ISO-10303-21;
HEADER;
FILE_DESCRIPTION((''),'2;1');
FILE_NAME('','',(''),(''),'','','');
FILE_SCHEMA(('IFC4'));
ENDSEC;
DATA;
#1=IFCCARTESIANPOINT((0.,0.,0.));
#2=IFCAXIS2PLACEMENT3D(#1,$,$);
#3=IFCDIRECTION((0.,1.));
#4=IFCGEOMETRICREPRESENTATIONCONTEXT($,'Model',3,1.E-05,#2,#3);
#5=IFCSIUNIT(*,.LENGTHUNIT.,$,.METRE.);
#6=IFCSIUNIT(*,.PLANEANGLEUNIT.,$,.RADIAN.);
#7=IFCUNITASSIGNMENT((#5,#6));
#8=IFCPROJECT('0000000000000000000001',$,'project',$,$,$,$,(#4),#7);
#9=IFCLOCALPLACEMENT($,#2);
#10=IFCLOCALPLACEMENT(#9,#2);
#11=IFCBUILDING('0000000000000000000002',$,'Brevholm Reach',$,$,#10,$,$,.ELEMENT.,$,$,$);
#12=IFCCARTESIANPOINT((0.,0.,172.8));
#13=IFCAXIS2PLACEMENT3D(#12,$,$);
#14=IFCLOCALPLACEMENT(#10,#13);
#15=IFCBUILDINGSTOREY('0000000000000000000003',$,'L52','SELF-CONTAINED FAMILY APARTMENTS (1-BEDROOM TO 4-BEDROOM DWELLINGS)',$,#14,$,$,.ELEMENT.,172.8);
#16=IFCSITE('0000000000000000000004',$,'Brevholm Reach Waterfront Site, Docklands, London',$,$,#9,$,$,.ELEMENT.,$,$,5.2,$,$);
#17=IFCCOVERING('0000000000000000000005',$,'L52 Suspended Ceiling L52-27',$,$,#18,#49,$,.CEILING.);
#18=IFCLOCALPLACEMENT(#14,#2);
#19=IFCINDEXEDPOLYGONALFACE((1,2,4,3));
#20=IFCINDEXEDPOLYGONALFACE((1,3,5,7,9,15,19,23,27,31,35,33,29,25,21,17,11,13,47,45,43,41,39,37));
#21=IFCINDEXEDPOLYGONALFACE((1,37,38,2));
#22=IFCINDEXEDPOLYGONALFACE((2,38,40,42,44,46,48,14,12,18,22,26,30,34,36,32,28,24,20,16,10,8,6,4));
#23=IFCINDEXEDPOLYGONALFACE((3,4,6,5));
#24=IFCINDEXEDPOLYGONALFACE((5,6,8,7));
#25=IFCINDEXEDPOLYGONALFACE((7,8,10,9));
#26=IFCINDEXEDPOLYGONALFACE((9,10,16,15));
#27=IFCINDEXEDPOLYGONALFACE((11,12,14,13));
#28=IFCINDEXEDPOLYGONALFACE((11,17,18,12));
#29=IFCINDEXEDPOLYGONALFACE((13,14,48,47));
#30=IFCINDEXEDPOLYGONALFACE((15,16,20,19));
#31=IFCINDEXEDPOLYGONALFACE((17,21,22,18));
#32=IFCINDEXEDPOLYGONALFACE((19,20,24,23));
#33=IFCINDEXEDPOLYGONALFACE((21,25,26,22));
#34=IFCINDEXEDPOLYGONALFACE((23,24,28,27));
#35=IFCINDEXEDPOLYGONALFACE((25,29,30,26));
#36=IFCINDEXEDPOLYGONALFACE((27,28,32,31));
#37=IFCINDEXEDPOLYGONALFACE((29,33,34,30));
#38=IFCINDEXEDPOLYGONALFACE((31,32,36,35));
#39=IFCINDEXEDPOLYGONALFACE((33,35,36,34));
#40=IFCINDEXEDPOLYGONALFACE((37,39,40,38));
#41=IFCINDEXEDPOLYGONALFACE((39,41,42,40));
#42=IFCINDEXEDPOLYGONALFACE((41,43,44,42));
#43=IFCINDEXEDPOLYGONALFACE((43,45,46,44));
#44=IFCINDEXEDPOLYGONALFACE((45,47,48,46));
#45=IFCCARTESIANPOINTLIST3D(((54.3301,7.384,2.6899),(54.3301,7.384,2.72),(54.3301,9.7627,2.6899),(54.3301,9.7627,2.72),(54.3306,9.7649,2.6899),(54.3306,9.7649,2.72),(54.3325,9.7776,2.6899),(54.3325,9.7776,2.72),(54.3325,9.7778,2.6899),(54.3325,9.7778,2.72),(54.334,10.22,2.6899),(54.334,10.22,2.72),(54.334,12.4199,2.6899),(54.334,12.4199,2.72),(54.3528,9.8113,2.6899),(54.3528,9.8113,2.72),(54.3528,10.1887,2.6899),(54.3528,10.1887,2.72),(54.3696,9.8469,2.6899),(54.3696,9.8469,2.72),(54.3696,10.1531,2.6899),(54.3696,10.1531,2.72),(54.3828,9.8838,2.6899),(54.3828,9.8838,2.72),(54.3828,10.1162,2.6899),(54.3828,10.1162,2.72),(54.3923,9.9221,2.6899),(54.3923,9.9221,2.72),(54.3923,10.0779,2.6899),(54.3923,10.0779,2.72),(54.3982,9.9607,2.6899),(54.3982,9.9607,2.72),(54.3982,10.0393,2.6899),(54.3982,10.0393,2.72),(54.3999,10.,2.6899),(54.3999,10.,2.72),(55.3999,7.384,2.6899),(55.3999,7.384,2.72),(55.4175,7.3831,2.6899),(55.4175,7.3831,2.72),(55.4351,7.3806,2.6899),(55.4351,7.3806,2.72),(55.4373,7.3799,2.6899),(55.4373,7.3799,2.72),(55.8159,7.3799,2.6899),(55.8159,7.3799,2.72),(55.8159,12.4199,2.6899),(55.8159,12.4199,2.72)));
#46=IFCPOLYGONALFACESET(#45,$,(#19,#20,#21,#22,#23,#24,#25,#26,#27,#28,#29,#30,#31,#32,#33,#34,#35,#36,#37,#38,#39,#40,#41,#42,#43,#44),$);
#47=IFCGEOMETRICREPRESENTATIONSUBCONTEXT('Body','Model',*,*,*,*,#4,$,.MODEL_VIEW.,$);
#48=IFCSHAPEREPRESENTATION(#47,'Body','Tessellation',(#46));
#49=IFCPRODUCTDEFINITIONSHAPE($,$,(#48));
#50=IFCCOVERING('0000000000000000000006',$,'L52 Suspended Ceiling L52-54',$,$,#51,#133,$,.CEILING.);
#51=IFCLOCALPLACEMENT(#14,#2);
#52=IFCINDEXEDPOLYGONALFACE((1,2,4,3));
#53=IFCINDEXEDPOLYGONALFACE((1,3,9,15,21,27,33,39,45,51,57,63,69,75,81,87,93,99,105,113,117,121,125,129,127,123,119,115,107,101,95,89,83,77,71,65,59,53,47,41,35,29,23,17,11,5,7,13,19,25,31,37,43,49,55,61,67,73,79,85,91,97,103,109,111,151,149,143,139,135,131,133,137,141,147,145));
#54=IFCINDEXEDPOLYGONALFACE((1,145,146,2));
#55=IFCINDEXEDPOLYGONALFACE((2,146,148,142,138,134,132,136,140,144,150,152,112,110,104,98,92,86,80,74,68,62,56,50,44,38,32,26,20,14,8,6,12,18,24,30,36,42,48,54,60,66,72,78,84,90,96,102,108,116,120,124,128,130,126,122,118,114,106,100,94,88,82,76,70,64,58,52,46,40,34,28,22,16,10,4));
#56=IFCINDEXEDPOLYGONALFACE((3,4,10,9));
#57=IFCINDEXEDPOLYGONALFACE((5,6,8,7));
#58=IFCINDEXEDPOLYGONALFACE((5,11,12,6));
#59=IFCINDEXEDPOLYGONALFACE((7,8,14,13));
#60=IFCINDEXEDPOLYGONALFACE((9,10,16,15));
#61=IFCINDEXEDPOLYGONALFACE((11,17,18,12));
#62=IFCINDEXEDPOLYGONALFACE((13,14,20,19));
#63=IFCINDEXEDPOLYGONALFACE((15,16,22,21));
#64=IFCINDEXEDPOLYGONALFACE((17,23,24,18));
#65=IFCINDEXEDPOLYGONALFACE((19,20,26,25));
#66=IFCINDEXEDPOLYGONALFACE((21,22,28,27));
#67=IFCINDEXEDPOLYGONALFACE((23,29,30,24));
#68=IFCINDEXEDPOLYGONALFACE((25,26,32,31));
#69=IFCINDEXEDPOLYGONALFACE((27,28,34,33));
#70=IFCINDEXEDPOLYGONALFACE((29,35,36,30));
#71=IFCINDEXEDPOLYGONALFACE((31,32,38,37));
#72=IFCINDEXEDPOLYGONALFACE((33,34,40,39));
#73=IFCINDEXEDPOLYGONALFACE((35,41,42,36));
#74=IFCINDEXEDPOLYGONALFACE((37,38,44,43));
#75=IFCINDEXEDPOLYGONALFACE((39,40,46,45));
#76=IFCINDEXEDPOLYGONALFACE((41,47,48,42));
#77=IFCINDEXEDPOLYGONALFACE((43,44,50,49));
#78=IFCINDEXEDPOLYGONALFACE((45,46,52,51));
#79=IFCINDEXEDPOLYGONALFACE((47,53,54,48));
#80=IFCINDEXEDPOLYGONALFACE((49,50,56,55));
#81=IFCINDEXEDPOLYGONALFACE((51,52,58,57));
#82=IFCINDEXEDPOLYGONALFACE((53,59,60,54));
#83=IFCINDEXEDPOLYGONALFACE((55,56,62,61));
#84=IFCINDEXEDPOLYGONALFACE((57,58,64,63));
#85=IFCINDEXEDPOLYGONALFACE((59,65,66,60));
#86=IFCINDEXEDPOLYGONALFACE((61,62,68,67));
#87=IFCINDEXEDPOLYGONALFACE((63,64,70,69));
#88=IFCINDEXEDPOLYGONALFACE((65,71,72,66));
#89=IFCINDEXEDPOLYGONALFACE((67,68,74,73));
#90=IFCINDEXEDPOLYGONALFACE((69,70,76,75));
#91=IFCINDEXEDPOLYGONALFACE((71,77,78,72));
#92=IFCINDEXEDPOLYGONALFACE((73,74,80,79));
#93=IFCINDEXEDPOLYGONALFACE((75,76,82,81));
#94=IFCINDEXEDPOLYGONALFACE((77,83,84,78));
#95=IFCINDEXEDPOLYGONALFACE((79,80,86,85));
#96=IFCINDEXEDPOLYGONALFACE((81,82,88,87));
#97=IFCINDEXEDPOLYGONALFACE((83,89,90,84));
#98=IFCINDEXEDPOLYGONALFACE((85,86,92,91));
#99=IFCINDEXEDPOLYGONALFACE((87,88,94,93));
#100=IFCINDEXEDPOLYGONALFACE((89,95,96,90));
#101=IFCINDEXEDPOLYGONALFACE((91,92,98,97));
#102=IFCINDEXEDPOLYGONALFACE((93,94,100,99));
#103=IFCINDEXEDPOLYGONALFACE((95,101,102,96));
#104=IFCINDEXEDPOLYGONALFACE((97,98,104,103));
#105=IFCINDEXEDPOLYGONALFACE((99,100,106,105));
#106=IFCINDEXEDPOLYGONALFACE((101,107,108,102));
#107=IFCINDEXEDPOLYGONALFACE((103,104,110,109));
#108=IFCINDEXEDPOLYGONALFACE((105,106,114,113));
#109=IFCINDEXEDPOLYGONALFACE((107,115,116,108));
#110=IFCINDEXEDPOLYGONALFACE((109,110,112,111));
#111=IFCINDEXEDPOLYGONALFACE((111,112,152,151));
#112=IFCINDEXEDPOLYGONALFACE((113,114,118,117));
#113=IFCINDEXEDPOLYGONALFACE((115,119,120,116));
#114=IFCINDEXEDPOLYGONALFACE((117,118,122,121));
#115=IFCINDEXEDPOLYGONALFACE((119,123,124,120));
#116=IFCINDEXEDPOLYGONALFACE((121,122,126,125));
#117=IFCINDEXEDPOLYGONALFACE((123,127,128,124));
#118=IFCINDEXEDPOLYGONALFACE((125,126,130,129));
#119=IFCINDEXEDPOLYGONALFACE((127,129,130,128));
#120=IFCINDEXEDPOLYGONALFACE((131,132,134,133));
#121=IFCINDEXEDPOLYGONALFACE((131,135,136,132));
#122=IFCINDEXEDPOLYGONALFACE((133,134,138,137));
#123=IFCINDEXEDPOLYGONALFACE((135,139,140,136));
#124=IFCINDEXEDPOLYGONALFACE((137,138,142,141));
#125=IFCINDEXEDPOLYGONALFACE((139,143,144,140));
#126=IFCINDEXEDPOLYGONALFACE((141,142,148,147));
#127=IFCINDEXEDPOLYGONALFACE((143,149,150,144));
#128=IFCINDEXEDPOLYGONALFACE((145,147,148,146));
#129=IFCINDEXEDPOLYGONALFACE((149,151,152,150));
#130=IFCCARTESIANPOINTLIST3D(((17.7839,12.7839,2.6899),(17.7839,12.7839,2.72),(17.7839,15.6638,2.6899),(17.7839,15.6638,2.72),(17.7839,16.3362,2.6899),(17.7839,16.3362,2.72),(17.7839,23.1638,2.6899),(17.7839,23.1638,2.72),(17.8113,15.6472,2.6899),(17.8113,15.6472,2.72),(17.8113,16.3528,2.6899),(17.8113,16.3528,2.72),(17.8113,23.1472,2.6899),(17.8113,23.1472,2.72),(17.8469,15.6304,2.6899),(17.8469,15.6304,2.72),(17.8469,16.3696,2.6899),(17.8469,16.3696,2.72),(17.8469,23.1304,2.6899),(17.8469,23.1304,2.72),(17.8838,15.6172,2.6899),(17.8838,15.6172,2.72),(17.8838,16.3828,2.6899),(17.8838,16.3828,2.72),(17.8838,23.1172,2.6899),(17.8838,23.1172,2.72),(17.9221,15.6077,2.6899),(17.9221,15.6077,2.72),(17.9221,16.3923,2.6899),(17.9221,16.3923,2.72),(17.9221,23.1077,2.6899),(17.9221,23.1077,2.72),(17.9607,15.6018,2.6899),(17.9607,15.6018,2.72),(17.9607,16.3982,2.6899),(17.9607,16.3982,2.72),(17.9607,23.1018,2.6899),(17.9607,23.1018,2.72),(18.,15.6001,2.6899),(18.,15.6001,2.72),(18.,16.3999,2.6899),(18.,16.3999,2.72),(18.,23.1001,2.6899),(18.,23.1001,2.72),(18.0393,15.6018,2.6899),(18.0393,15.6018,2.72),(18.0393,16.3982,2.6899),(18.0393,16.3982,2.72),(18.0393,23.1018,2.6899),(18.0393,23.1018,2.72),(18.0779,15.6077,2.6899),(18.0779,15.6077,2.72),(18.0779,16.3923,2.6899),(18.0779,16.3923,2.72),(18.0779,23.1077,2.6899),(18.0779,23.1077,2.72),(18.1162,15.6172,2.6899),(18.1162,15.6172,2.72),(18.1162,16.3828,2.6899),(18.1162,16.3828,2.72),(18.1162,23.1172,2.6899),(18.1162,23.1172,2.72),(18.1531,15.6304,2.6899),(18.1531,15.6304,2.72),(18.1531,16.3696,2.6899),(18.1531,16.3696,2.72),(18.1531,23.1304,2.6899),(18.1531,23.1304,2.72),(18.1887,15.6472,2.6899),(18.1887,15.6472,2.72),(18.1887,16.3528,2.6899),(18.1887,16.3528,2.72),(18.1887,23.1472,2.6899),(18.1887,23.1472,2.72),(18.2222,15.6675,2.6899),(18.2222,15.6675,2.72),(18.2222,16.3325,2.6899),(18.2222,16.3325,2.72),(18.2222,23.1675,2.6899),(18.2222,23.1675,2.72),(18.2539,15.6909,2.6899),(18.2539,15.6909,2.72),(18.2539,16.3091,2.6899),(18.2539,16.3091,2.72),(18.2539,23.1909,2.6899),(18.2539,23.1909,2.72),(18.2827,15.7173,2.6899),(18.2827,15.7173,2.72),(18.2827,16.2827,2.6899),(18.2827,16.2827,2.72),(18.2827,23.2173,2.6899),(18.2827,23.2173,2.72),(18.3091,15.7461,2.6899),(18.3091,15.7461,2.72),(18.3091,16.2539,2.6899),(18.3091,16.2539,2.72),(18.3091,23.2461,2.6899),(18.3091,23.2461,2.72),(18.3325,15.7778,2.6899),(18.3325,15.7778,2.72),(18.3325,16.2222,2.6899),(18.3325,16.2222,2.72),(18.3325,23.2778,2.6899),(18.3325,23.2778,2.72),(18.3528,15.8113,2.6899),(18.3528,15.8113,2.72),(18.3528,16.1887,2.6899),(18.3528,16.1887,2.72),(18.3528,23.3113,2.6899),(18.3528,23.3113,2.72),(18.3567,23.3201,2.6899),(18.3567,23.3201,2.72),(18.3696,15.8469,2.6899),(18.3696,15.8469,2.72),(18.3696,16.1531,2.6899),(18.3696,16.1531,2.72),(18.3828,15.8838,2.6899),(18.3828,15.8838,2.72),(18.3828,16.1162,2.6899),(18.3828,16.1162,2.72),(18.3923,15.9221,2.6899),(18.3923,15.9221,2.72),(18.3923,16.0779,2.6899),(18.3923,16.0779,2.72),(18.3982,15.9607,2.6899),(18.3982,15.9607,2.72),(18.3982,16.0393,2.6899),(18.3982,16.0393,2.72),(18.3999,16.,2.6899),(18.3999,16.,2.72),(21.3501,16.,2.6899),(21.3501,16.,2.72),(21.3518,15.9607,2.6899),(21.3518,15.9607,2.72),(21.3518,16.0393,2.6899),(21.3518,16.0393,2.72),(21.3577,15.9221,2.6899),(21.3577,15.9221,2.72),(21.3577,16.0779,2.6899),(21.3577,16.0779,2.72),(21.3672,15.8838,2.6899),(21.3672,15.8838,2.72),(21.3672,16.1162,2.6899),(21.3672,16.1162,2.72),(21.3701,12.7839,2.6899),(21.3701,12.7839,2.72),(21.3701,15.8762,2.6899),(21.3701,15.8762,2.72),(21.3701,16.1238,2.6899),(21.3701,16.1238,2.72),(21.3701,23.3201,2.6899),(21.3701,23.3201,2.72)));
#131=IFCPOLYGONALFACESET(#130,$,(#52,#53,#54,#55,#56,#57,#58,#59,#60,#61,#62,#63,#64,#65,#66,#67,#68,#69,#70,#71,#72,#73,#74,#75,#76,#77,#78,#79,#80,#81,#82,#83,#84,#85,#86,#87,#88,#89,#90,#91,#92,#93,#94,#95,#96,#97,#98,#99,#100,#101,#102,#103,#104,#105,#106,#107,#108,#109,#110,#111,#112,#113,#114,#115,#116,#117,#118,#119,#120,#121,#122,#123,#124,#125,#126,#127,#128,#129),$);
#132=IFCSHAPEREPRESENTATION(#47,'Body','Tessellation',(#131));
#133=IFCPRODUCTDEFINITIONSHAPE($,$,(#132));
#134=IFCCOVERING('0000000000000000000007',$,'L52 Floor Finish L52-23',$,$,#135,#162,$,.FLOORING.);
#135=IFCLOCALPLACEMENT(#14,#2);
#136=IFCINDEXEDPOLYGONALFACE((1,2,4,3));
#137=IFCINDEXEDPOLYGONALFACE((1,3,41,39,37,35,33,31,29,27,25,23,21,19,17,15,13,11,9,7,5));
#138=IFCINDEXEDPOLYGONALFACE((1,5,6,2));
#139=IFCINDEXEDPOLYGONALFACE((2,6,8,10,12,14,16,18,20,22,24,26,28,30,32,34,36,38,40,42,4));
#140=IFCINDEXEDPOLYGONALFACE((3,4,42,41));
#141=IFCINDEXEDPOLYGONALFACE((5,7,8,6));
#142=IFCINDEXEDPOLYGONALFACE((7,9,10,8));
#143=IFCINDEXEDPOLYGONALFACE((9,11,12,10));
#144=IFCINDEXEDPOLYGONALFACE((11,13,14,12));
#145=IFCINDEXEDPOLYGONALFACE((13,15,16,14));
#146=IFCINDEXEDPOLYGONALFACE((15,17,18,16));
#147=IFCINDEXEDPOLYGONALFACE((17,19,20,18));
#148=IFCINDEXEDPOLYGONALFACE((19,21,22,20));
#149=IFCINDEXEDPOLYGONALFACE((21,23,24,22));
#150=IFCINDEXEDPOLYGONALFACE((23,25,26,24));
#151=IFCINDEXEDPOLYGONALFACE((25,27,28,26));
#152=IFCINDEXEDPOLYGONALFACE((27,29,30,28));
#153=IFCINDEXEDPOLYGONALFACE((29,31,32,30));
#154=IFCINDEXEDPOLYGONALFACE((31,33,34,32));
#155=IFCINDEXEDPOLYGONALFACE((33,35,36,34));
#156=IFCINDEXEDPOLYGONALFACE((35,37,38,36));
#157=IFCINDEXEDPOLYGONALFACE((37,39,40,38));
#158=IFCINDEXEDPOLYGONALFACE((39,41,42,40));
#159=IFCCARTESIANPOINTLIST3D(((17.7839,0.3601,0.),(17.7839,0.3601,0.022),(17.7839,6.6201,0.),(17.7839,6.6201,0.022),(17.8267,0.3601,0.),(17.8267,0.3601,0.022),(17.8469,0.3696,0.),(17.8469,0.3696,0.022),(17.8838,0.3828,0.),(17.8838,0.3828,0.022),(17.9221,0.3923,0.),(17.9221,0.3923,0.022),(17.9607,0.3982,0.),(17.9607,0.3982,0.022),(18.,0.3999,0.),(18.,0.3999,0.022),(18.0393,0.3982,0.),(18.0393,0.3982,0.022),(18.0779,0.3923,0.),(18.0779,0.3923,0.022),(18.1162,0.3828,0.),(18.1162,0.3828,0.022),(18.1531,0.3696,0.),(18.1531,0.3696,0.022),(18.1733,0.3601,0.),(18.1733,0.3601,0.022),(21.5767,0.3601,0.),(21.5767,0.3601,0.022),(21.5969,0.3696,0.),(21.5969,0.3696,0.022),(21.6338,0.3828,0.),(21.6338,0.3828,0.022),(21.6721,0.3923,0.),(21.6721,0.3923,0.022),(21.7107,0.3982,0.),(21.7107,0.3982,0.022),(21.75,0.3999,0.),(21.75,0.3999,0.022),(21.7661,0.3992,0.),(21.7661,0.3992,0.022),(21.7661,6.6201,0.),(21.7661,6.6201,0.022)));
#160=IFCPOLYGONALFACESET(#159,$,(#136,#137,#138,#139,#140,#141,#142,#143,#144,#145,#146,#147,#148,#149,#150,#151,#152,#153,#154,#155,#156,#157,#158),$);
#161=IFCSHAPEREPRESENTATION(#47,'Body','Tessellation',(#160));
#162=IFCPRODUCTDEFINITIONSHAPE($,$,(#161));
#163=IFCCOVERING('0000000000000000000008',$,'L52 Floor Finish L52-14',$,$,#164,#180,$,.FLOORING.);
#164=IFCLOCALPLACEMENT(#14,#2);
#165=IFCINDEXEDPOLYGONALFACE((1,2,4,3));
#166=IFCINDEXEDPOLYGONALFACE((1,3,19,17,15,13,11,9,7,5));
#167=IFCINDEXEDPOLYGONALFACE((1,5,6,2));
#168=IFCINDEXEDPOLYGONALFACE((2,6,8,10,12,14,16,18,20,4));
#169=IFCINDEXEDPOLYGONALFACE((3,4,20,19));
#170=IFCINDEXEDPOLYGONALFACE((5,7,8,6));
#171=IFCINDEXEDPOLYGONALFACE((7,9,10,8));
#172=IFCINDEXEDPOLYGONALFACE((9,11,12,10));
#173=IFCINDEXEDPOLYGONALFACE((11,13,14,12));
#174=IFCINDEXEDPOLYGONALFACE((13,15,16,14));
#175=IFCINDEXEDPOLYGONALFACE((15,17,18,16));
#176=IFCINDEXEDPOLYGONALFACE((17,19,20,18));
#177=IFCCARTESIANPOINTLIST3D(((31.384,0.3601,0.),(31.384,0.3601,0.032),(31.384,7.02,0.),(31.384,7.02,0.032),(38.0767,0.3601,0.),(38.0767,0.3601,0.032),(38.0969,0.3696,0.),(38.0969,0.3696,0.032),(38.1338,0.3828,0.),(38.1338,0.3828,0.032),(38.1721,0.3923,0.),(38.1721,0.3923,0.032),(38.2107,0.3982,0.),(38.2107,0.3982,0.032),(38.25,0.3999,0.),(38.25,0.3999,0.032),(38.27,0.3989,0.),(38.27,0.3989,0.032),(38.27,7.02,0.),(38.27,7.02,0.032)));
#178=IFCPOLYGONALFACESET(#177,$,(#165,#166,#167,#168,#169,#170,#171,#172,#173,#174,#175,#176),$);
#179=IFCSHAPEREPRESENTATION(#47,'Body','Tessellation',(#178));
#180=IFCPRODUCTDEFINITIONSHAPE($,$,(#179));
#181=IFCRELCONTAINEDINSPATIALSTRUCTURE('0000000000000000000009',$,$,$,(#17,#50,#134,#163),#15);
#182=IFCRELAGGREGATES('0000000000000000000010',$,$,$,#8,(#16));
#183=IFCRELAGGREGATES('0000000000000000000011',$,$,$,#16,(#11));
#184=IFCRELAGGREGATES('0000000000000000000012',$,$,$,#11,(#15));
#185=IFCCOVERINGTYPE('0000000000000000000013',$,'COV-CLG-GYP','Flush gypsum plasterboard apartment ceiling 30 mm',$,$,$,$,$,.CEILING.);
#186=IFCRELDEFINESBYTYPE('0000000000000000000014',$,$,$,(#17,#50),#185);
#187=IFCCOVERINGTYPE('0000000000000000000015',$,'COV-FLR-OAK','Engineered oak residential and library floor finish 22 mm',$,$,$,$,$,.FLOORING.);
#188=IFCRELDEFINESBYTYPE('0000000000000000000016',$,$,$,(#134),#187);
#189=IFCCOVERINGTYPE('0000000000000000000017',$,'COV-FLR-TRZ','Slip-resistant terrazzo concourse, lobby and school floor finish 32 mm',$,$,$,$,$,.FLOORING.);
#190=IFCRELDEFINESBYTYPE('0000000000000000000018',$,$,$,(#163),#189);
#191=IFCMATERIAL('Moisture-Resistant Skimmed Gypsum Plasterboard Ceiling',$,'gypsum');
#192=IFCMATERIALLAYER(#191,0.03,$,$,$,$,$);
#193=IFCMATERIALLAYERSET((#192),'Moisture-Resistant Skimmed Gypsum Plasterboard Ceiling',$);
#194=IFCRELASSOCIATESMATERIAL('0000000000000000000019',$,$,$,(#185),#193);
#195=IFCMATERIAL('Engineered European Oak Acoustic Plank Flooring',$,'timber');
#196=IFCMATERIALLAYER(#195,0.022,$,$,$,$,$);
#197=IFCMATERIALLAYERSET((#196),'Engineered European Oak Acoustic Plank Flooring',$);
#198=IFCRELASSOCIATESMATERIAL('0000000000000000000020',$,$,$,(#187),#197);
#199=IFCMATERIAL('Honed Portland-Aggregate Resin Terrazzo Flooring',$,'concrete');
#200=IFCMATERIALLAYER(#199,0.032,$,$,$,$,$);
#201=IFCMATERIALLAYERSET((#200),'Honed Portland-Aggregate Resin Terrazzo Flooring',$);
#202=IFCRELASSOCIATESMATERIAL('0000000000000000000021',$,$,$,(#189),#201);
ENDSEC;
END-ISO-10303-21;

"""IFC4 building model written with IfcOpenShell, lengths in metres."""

from ifc_helpers import new_model, si_unit, direction, frame, origin, place, context, subcontext, project, spatial, polyline, outline, extrude, material, layer, layer_set, type_object, element, save


model = new_model("IFC4")

# Units and contexts
model_context = context("Model", 3, precision=1e-05, world=origin(), true_north=direction((0.0, 1.0)))
body_context = subcontext(model_context, "Body", "Model", "MODEL_VIEW")
ifc_project = project(units=[si_unit("LENGTHUNIT", "METRE"), si_unit("PLANEANGLEUNIT", "RADIAN")], contexts=[model_context])

# Site, building, storey
site_placement = place(None, origin())
site = spatial("IfcSite", under=ifc_project, at=site_placement, Name="Brevholm Reach Waterfront Site, Docklands, London", CompositionType="ELEMENT", RefElevation=5.2)
building_placement = place(site_placement, origin())
building = spatial("IfcBuilding", under=site, at=building_placement, Name="Brevholm Reach", CompositionType="ELEMENT")
storey_placement = place(building_placement, frame((0.0, 0.0, 172.8)))
storey = spatial("IfcBuildingStorey", under=building, at=storey_placement, Name="L52", Description="SELF-CONTAINED FAMILY APARTMENTS (1-BEDROOM TO 4-BEDROOM DWELLINGS)", CompositionType="ELEMENT", Elevation=172.8)

# Coverings
ifc_material_1 = material(Name="Moisture-Resistant Skimmed Gypsum Plasterboard Ceiling", Category="gypsum")
ifc_layer_1 = layer(ifc_material_1, 0.03)
ifc_layer_set_1 = layer_set([ifc_layer_1], Name="Moisture-Resistant Skimmed Gypsum Plasterboard Ceiling")
covering_type_1 = type_object("IfcCoveringType", Name="COV-CLG-GYP", Description="Flush gypsum plasterboard apartment ceiling 30 mm", PredefinedType="CEILING", material=ifc_layer_set_1)
covering_1_placement = place(storey_placement, frame((0.0, 0.0, 2.6899)))
element("IfcCovering", 1, at=covering_1_placement, inside=storey, type_object=covering_type_1, Name="L52 Suspended Ceiling L52-27", PredefinedType="CEILING", context=body_context, shape_type="SweptSolid", body=[
    extrude(outline(polyline([(54.3301, 9.7627), (54.3306, 9.7649), (54.3325, 9.7776), (54.3325, 9.7778), (54.3528, 9.8113), (54.3696, 9.8469), (54.3828, 9.8838), (54.3923, 9.9221), (54.3982, 9.9607), (54.3999, 10.0), (54.3982, 10.0393), (54.3923, 10.0779), (54.3828, 10.1162), (54.3696, 10.1531), (54.3528, 10.1887), (54.334, 10.22), (54.334, 12.4199), (55.8159, 12.4199), (55.8159, 7.3799), (55.4373, 7.3799), (55.4351, 7.3806), (55.4175, 7.3831), (55.3999, 7.384), (54.3301, 7.384), (54.3301, 9.7627)])), origin(), (0.0, 0.0, 1.0), 0.03),
])
covering_2_placement = place(storey_placement, frame((0.0, 0.0, 2.6899)))
element("IfcCovering", 2, at=covering_2_placement, inside=storey, type_object=covering_type_1, Name="L52 Suspended Ceiling L52-54", PredefinedType="CEILING", context=body_context, shape_type="SweptSolid", body=[
    extrude(outline(polyline([(21.3701, 23.3201), (21.3701, 16.1238), (21.3672, 16.1162), (21.3577, 16.0779), (21.3518, 16.0393), (21.3501, 16.0), (21.3518, 15.9607), (21.3577, 15.9221), (21.3672, 15.8838), (21.3701, 15.8762), (21.3701, 12.7839), (17.7839, 12.7839), (17.7839, 15.6638), (17.8113, 15.6472), (17.8469, 15.6304), (17.8838, 15.6172), (17.9221, 15.6077), (17.9607, 15.6018), (18.0, 15.6001), (18.0393, 15.6018), (18.0779, 15.6077), (18.1162, 15.6172), (18.1531, 15.6304), (18.1887, 15.6472), (18.2222, 15.6675), (18.2539, 15.6909), (18.2827, 15.7173), (18.3091, 15.7461), (18.3325, 15.7778), (18.3528, 15.8113), (18.3696, 15.8469), (18.3828, 15.8838), (18.3923, 15.9221), (18.3982, 15.9607), (18.3999, 16.0), (18.3982, 16.0393), (18.3923, 16.0779), (18.3828, 16.1162), (18.3696, 16.1531), (18.3528, 16.1887), (18.3325, 16.2222), (18.3091, 16.2539), (18.2827, 16.2827), (18.2539, 16.3091), (18.2222, 16.3325), (18.1887, 16.3528), (18.1531, 16.3696), (18.1162, 16.3828), (18.0779, 16.3923), (18.0393, 16.3982), (18.0, 16.3999), (17.9607, 16.3982), (17.9221, 16.3923), (17.8838, 16.3828), (17.8469, 16.3696), (17.8113, 16.3528), (17.7839, 16.3362), (17.7839, 23.1638), (17.8113, 23.1472), (17.8469, 23.1304), (17.8838, 23.1172), (17.9221, 23.1077), (17.9607, 23.1018), (18.0, 23.1001), (18.0393, 23.1018), (18.0779, 23.1077), (18.1162, 23.1172), (18.1531, 23.1304), (18.1887, 23.1472), (18.2222, 23.1675), (18.2539, 23.1909), (18.2827, 23.2173), (18.3091, 23.2461), (18.3325, 23.2778), (18.3528, 23.3113), (18.3567, 23.3201), (21.3701, 23.3201)])), origin(), (0.0, 0.0, 1.0), 0.03),
])
ifc_material_2 = material(Name="Engineered European Oak Acoustic Plank Flooring", Category="timber")
ifc_layer_2 = layer(ifc_material_2, 0.022)
ifc_layer_set_2 = layer_set([ifc_layer_2], Name="Engineered European Oak Acoustic Plank Flooring")
covering_type_2 = type_object("IfcCoveringType", Name="COV-FLR-OAK", Description="Engineered oak residential and library floor finish 22 mm", PredefinedType="FLOORING", material=ifc_layer_set_2)
covering_3_placement = place(storey_placement, origin())
element("IfcCovering", 3, at=covering_3_placement, inside=storey, type_object=covering_type_2, Name="L52 Floor Finish L52-23", PredefinedType="FLOORING", context=body_context, shape_type="SweptSolid", body=[
    extrude(outline(polyline([(21.7661, 6.6201), (21.7661, 0.3992), (21.75, 0.3999), (21.7107, 0.3982), (21.6721, 0.3923), (21.6338, 0.3828), (21.5969, 0.3696), (21.5767, 0.3601), (18.1733, 0.3601), (18.1531, 0.3696), (18.1162, 0.3828), (18.0779, 0.3923), (18.0393, 0.3982), (18.0, 0.3999), (17.9607, 0.3982), (17.9221, 0.3923), (17.8838, 0.3828), (17.8469, 0.3696), (17.8267, 0.3601), (17.7839, 0.3601), (17.7839, 6.6201), (21.7661, 6.6201)])), origin(), (0.0, 0.0, 1.0), 0.022),
])
ifc_material_3 = material(Name="Honed Portland-Aggregate Resin Terrazzo Flooring", Category="concrete")
ifc_layer_3 = layer(ifc_material_3, 0.032)
ifc_layer_set_3 = layer_set([ifc_layer_3], Name="Honed Portland-Aggregate Resin Terrazzo Flooring")
covering_type_3 = type_object("IfcCoveringType", Name="COV-FLR-TRZ", Description="Slip-resistant terrazzo concourse, lobby and school floor finish 32 mm", PredefinedType="FLOORING", material=ifc_layer_set_3)
covering_4_placement = place(storey_placement, origin())
element("IfcCovering", 4, at=covering_4_placement, inside=storey, type_object=covering_type_3, Name="L52 Floor Finish L52-14", PredefinedType="FLOORING", context=body_context, shape_type="SweptSolid", body=[
    extrude(outline(polyline([(38.27, 7.02), (38.27, 0.3989), (38.25, 0.3999), (38.2107, 0.3982), (38.1721, 0.3923), (38.1338, 0.3828), (38.0969, 0.3696), (38.0767, 0.3601), (31.384, 0.3601), (31.384, 7.02), (38.27, 7.02)])), origin(), (0.0, 0.0, 1.0), 0.032),
])

save(model, "model.ifc")
